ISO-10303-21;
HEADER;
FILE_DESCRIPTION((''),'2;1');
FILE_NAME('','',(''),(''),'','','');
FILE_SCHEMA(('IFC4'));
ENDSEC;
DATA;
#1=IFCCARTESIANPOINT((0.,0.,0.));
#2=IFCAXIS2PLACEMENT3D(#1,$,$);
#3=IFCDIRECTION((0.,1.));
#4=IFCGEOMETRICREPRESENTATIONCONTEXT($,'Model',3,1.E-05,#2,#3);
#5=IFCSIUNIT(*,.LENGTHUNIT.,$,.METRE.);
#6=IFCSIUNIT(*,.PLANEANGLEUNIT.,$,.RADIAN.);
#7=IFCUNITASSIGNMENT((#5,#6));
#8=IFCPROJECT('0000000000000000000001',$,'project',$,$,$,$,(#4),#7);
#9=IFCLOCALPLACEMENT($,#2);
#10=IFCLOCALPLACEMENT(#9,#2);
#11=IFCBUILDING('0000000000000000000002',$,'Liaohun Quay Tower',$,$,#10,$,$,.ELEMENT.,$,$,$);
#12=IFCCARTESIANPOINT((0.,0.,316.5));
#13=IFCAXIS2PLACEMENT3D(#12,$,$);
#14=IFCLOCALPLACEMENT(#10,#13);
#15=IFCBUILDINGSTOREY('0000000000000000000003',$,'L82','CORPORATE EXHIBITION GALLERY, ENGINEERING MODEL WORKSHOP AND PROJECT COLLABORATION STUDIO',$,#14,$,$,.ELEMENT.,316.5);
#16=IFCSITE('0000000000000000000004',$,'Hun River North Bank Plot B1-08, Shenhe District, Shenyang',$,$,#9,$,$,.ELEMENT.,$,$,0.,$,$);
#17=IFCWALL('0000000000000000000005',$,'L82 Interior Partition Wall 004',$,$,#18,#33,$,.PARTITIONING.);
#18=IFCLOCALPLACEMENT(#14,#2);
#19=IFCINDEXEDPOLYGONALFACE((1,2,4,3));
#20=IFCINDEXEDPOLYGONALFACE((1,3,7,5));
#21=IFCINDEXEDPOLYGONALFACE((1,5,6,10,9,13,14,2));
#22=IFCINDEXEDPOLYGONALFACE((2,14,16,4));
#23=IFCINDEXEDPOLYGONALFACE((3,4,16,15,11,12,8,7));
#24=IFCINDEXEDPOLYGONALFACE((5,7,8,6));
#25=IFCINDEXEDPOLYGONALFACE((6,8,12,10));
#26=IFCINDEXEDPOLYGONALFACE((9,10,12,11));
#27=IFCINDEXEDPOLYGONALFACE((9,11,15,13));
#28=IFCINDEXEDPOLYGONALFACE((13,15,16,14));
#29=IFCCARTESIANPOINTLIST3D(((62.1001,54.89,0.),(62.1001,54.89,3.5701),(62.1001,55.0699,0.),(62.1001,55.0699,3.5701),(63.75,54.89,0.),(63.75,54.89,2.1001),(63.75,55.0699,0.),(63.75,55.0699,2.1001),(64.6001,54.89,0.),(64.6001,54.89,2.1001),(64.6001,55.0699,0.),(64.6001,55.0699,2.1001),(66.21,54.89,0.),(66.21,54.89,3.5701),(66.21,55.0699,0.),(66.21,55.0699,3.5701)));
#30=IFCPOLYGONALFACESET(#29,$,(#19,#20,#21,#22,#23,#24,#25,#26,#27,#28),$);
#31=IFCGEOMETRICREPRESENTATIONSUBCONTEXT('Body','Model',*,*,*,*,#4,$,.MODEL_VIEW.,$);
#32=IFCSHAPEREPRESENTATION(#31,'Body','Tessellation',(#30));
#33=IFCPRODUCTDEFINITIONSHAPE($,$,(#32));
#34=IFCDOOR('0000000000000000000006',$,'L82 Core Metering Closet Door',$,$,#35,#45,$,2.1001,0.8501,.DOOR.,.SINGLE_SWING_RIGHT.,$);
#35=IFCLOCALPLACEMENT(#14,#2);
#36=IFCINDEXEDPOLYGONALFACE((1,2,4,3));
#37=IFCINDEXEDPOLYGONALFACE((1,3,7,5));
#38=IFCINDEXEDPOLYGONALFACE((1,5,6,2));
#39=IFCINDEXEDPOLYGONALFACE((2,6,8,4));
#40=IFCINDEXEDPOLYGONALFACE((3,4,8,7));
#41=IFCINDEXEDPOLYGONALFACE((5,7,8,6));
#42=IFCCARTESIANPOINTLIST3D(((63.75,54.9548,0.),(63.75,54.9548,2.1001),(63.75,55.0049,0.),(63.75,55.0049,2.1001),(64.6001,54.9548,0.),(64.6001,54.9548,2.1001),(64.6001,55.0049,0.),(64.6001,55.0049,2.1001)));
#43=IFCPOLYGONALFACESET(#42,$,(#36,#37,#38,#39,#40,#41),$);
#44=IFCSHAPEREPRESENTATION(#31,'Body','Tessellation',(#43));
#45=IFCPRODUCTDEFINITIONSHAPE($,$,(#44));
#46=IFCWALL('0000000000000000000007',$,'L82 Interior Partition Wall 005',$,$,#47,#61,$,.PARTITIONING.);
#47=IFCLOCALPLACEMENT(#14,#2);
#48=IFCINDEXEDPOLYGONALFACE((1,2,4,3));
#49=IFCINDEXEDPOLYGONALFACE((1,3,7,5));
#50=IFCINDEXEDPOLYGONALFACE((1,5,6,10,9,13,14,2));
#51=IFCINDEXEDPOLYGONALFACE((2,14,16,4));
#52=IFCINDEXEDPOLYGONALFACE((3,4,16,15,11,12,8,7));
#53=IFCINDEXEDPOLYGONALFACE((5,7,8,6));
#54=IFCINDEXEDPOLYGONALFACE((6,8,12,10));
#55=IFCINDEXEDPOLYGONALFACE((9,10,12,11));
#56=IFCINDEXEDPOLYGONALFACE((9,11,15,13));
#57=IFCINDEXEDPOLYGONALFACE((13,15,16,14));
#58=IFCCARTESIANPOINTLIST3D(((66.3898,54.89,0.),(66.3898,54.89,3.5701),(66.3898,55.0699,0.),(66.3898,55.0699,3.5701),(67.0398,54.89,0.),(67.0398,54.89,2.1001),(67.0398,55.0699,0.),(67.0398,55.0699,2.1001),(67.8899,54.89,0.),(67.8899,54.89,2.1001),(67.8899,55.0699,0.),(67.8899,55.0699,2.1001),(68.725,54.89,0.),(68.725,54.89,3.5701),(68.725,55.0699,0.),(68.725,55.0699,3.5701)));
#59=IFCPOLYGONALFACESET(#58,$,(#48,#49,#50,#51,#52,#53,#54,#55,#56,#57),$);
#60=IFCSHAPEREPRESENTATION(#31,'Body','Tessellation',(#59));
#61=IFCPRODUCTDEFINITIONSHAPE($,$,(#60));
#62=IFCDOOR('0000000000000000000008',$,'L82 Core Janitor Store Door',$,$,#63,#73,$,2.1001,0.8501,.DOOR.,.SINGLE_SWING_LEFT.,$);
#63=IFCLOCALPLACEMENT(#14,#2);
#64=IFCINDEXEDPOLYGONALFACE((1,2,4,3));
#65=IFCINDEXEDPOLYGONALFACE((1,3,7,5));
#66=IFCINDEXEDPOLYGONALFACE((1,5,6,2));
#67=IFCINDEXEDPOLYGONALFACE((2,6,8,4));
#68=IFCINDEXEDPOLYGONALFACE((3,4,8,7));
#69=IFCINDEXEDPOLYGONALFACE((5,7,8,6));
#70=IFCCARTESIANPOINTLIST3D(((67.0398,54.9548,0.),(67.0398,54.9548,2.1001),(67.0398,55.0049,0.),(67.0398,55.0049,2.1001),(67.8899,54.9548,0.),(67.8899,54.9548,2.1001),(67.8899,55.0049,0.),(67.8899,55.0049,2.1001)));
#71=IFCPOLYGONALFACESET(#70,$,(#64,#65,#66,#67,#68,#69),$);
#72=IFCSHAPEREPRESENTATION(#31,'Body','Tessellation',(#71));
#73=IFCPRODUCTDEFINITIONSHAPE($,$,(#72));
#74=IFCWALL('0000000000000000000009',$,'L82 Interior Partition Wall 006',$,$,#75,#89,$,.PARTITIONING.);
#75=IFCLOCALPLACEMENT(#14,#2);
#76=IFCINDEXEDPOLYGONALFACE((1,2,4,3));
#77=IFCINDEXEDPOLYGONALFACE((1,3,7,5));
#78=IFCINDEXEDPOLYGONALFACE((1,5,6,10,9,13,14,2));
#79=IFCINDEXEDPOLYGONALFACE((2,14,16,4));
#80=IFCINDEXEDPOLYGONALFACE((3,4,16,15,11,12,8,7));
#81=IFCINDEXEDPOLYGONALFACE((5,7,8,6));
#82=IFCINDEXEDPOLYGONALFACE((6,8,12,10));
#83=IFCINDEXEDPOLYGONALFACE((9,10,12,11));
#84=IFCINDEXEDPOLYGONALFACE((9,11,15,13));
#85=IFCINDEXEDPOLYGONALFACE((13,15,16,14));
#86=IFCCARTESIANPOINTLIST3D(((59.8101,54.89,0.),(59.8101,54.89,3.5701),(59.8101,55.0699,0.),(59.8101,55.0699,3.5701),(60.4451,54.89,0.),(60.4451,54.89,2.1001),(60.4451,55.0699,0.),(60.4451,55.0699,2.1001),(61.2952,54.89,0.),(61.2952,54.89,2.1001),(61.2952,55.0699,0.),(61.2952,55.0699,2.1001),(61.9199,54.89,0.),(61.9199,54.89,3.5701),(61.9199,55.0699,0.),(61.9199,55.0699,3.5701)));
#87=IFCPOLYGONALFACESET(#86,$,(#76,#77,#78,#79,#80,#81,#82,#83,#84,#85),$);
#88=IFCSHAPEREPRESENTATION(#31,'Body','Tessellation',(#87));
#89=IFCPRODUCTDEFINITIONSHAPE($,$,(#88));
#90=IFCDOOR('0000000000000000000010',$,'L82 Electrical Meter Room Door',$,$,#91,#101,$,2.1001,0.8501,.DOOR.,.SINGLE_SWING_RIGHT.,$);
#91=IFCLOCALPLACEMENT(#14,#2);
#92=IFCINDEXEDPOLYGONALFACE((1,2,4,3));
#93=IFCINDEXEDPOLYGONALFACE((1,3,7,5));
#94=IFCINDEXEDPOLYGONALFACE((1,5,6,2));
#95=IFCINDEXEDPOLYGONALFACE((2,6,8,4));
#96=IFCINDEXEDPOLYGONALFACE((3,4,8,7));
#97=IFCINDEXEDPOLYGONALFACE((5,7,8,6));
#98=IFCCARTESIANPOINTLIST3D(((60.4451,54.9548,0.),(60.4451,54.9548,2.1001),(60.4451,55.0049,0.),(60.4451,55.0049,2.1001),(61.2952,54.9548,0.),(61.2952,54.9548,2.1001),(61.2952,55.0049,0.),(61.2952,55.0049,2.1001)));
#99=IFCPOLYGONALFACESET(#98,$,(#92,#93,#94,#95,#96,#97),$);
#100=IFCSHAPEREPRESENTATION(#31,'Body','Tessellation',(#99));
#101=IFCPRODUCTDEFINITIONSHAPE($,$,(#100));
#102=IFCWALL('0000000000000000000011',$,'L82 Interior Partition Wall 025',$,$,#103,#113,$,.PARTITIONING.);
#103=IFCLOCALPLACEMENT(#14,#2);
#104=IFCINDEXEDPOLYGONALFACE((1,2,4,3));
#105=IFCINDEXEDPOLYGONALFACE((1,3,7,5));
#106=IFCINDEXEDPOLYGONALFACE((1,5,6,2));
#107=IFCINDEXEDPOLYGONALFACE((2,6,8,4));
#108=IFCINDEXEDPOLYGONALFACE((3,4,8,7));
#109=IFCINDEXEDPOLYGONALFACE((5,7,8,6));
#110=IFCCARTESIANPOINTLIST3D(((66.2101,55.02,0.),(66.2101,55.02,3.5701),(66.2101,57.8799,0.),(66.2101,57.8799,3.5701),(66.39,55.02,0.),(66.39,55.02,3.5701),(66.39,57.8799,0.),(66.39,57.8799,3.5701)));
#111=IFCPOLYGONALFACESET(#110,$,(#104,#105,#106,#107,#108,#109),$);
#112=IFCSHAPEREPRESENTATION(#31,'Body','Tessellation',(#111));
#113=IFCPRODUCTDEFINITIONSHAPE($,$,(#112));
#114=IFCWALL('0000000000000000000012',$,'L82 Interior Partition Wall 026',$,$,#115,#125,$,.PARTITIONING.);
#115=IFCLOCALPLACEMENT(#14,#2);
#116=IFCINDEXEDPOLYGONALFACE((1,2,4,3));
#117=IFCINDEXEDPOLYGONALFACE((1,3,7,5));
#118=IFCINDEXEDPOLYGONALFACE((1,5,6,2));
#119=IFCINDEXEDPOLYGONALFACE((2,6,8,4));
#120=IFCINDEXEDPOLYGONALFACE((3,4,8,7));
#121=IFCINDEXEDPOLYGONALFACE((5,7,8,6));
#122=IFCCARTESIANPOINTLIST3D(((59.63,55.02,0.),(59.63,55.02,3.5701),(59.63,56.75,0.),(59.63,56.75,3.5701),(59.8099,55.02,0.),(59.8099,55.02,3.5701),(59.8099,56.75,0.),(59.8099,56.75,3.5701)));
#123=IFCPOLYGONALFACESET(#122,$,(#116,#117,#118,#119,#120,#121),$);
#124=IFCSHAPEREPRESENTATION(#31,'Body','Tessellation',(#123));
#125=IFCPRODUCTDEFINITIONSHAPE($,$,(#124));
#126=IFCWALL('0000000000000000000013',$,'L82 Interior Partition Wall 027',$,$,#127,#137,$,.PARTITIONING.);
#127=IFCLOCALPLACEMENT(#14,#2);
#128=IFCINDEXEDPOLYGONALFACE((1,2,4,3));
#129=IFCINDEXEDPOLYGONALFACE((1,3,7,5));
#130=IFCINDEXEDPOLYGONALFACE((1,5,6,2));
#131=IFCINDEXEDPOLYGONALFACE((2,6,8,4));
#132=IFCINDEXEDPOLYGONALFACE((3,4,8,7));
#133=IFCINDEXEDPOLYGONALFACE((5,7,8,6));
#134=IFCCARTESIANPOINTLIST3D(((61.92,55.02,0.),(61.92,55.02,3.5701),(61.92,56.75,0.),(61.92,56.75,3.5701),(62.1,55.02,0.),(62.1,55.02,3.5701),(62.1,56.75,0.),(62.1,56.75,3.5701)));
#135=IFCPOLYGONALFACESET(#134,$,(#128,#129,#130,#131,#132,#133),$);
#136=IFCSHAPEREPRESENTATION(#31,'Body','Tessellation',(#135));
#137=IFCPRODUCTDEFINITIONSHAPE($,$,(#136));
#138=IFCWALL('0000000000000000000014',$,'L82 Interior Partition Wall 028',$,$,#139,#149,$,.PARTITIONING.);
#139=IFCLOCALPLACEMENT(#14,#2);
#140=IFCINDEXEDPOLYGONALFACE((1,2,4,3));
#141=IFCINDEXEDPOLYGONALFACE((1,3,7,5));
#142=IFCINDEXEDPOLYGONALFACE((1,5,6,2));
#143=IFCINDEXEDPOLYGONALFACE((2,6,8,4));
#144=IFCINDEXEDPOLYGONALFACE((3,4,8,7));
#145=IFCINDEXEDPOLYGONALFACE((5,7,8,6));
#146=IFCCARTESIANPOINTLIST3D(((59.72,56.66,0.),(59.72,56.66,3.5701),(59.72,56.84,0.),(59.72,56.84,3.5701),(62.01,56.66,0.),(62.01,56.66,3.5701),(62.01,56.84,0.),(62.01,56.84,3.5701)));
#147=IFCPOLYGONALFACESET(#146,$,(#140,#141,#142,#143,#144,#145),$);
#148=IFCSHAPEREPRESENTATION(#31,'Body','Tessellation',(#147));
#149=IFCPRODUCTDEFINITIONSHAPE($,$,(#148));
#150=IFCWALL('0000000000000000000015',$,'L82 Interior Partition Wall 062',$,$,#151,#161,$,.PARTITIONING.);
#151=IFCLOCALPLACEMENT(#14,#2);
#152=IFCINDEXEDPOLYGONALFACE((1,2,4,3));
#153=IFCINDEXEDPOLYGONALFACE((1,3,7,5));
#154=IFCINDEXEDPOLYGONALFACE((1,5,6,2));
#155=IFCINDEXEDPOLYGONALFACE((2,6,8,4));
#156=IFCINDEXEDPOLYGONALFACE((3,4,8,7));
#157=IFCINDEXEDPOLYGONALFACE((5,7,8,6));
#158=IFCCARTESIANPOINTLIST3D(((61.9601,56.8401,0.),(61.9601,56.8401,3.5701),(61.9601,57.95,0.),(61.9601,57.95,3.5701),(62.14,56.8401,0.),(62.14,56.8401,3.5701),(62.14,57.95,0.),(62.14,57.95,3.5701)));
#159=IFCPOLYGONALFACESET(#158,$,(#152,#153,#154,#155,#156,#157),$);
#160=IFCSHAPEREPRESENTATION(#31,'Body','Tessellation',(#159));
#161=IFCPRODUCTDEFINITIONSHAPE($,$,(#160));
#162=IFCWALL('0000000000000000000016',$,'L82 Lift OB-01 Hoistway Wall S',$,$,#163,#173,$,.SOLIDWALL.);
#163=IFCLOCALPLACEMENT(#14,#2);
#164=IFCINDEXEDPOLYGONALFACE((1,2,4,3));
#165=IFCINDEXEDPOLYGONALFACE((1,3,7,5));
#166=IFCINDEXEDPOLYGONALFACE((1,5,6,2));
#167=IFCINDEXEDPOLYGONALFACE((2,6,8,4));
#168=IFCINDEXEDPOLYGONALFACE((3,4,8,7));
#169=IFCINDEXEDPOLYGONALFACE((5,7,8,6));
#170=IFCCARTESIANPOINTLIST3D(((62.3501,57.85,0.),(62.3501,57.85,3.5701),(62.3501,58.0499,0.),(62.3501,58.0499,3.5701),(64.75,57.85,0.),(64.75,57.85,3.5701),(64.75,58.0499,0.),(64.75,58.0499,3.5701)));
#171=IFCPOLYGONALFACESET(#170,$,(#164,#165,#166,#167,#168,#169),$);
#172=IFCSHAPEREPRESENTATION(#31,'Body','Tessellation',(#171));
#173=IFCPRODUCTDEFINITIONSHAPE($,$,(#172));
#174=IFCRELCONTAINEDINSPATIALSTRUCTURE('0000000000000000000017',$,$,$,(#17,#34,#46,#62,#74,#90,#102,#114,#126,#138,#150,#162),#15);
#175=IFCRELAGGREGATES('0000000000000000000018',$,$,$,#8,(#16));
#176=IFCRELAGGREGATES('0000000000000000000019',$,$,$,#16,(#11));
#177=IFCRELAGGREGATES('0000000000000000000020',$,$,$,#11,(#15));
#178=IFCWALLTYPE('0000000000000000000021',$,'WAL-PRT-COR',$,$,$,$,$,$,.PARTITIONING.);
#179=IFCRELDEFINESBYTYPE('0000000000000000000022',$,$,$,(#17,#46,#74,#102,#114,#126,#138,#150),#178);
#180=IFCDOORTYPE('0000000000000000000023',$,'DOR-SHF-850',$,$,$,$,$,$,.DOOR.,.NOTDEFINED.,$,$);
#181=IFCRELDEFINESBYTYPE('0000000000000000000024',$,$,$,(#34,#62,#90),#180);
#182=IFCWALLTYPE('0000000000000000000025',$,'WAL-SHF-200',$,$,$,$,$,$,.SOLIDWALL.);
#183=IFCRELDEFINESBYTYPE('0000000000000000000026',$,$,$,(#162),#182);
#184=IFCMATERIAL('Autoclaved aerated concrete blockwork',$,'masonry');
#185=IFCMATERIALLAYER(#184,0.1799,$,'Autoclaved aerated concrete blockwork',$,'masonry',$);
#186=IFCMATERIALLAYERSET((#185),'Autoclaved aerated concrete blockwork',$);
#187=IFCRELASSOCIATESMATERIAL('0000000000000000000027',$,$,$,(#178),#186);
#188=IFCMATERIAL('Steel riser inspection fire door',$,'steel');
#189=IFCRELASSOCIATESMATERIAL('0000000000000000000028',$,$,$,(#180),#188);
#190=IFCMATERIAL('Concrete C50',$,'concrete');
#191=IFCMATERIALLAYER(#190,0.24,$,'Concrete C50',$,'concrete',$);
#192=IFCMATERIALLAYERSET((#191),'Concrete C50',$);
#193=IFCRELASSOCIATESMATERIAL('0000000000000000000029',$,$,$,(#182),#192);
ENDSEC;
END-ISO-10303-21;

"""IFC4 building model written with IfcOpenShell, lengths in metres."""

from ifc_helpers import new_model, si_unit, direction, frame, frame_2d, origin, place, context, subcontext, project, spatial, rectangle, extrude, source, transform, mapped, material, layer, layer_set, type_object, element, fill, save


model = new_model("IFC4")

# Units and contexts
model_context = context("Model", 3, precision=1e-05, world=origin(), true_north=direction((0.0, 1.0)))
body_context = subcontext(model_context, "Body", "Model", "MODEL_VIEW")
ifc_project = project(units=[si_unit("LENGTHUNIT", "METRE"), si_unit("PLANEANGLEUNIT", "RADIAN")], contexts=[model_context])

# Site, building, storey
site_placement = place(None, origin())
site = spatial("IfcSite", under=ifc_project, at=site_placement, Name="Hun River North Bank Plot B1-08, Shenhe District, Shenyang", CompositionType="ELEMENT", RefElevation=0.0)
building_placement = place(site_placement, origin())
building = spatial("IfcBuilding", under=site, at=building_placement, Name="Liaohun Quay Tower", CompositionType="ELEMENT")
storey_placement = place(building_placement, frame((0.0, 0.0, 316.5)))
storey = spatial("IfcBuildingStorey", under=building, at=storey_placement, Name="L82", Description="CORPORATE EXHIBITION GALLERY, ENGINEERING MODEL WORKSHOP AND PROJECT COLLABORATION STUDIO", CompositionType="ELEMENT", Elevation=316.5)

# Walls, openings, doors
ifc_material_1 = material(Name="Autoclaved aerated concrete blockwork", Category="masonry")
ifc_layer_1 = layer(ifc_material_1, 0.1799, Name="Autoclaved aerated concrete blockwork", Category="masonry")
ifc_layer_set_1 = layer_set([ifc_layer_1], Name="Autoclaved aerated concrete blockwork")
wall_type_1 = type_object("IfcWallType", Name="WAL-PRT-COR", PredefinedType="PARTITIONING", material=ifc_layer_set_1)
wall_1_placement = place(storey_placement, frame((62.1001, 54.98, 0.0), z_axis=(0.0, 0.0, 1.0), x_axis=(1.0, 0.0, 0.0)))
wall_1 = element("IfcWall", 1, at=wall_1_placement, inside=storey, type_object=wall_type_1, Name="L82 Interior Partition Wall 004", PredefinedType="PARTITIONING", context=body_context, shape_type="SweptSolid", body=[
    extrude(rectangle(XDim=4.1099, YDim=0.1799, at=frame_2d((2.0549, 0.0))), origin(), (0.0, 0.0, 1.0), 3.5701),
])
shared_shape_1 = source(origin(), body_context, "Body", "SweptSolid", [
    extrude(rectangle(XDim=0.8501, YDim=2.1001, at=frame_2d((0.425, 1.05))), frame((0.0, 0.0999, 0.0), z_axis=(0.0, -1.0, 0.0), x_axis=(1.0, 0.0, 0.0)), (0.0, 0.0, 1.0), 0.2),
])
opening_1_placement = place(wall_1_placement, frame((1.6499, 0.0, 0.0)))
opening_1 = element("IfcOpeningElement", 2, at=opening_1_placement, cuts=wall_1, PredefinedType="OPENING", context=body_context, shape_type="MappedRepresentation", body=[
    mapped(shared_shape_1, transform((0.0, 0.0, 0.0), x_axis=(1.0, 0.0, 0.0), y_axis=(0.0, 1.0, 0.0), z_axis=(0.0, 0.0, 1.0), scale=1.0)),
])
ifc_material_2 = material(Name="Steel riser inspection fire door", Category="steel")
door_type = type_object("IfcDoorType", Name="DOR-SHF-850", OperationType="NOTDEFINED", PredefinedType="DOOR", material=ifc_material_2)
shared_shape_2 = source(origin(), body_context, "Body", "SweptSolid", [
    extrude(rectangle(XDim=0.8501, YDim=2.1001, at=frame_2d((0.425, 1.05))), frame((0.0, 0.0249, 0.0), z_axis=(0.0, -1.0, 0.0), x_axis=(1.0, 0.0, 0.0)), (0.0, 0.0, 1.0), 0.05),
])
door_1_placement = place(opening_1_placement, origin())
door_1 = element("IfcDoor", 3, at=door_1_placement, inside=storey, type_object=door_type, Name="L82 Core Metering Closet Door", OperationType="SINGLE_SWING_RIGHT", OverallHeight=2.1001, OverallWidth=0.8501, PredefinedType="DOOR", context=body_context, shape_type="MappedRepresentation", body=[
    mapped(shared_shape_2, transform((0.0, 0.0, 0.0), x_axis=(1.0, 0.0, 0.0), y_axis=(0.0, 1.0, 0.0), z_axis=(0.0, 0.0, 1.0), scale=1.0)),
])
fill(opening_1, door_1)
wall_2_placement = place(storey_placement, frame((66.3899, 54.98, 0.0), z_axis=(0.0, 0.0, 1.0), x_axis=(1.0, 0.0, 0.0)))
wall_2 = element("IfcWall", 4, at=wall_2_placement, inside=storey, type_object=wall_type_1, Name="L82 Interior Partition Wall 005", PredefinedType="PARTITIONING", context=body_context, shape_type="SweptSolid", body=[
    extrude(rectangle(XDim=2.3352, YDim=0.1799, at=frame_2d((1.1675, 0.0))), origin(), (0.0, 0.0, 1.0), 3.5701),
])
opening_2_placement = place(wall_2_placement, frame((0.6499, 0.0, 0.0)))
opening_2 = element("IfcOpeningElement", 5, at=opening_2_placement, cuts=wall_2, PredefinedType="OPENING", context=body_context, shape_type="MappedRepresentation", body=[
    mapped(shared_shape_1, transform((0.0, 0.0, 0.0), x_axis=(1.0, 0.0, 0.0), y_axis=(0.0, 1.0, 0.0), z_axis=(0.0, 0.0, 1.0), scale=1.0)),
])
door_2_placement = place(opening_2_placement, origin())
door_2 = element("IfcDoor", 6, at=door_2_placement, inside=storey, type_object=door_type, Name="L82 Core Janitor Store Door", OperationType="SINGLE_SWING_LEFT", OverallHeight=2.1001, OverallWidth=0.8501, PredefinedType="DOOR", context=body_context, shape_type="MappedRepresentation", body=[
    mapped(shared_shape_2, transform((0.0, 0.0, 0.0), x_axis=(1.0, 0.0, 0.0), y_axis=(0.0, 1.0, 0.0), z_axis=(0.0, 0.0, 1.0), scale=1.0)),
])
fill(opening_2, door_2)
wall_3_placement = place(storey_placement, frame((59.8101, 54.98, 0.0), z_axis=(0.0, 0.0, 1.0), x_axis=(1.0, 0.0, 0.0)))
wall_3 = element("IfcWall", 7, at=wall_3_placement, inside=storey, type_object=wall_type_1, Name="L82 Interior Partition Wall 006", PredefinedType="PARTITIONING", context=body_context, shape_type="SweptSolid", body=[
    extrude(rectangle(XDim=2.1099, YDim=0.1799, at=frame_2d((1.0549, 0.0))), origin(), (0.0, 0.0, 1.0), 3.5701),
])
opening_3_placement = place(wall_3_placement, frame((0.635, 0.0, 0.0)))
opening_3 = element("IfcOpeningElement", 8, at=opening_3_placement, cuts=wall_3, PredefinedType="OPENING", context=body_context, shape_type="MappedRepresentation", body=[
    mapped(shared_shape_1, transform((0.0, 0.0, 0.0), x_axis=(1.0, 0.0, 0.0), y_axis=(0.0, 1.0, 0.0), z_axis=(0.0, 0.0, 1.0), scale=1.0)),
])
door_3_placement = place(opening_3_placement, origin())
door_3 = element("IfcDoor", 9, at=door_3_placement, inside=storey, type_object=door_type, Name="L82 Electrical Meter Room Door", OperationType="SINGLE_SWING_RIGHT", OverallHeight=2.1001, OverallWidth=0.8501, PredefinedType="DOOR", context=body_context, shape_type="MappedRepresentation", body=[
    mapped(shared_shape_2, transform((0.0, 0.0, 0.0), x_axis=(1.0, 0.0, 0.0), y_axis=(0.0, 1.0, 0.0), z_axis=(0.0, 0.0, 1.0), scale=1.0)),
])
fill(opening_3, door_3)

# Walls
wall_4_placement = place(storey_placement, frame((66.3, 55.02, 0.0), z_axis=(0.0, 0.0, 1.0), x_axis=(0.0, 1.0, 0.0)))
element("IfcWall", 10, at=wall_4_placement, inside=storey, type_object=wall_type_1, Name="L82 Interior Partition Wall 025", PredefinedType="PARTITIONING", context=body_context, shape_type="SweptSolid", body=[
    extrude(rectangle(XDim=2.8599, YDim=0.1799, at=frame_2d((1.4299, 0.0))), origin(), (0.0, 0.0, 1.0), 3.5701),
])
for number, where, z_axis, x_axis, name in (
    (11, (59.72, 55.02, 0.0), (0.0, 0.0, 1.0), (0.0, 1.0, 0.0), "L82 Interior Partition Wall 026"),
    (12, (62.01, 55.02, 0.0), (0.0, 0.0, 1.0), (0.0, 1.0, 0.0), "L82 Interior Partition Wall 027"),
):
    element("IfcWall", number, at=place(storey_placement, frame(where, z_axis=z_axis, x_axis=x_axis)), inside=storey, type_object=wall_type_1, Name=name, PredefinedType="PARTITIONING", context=body_context, shape_type="SweptSolid", body=[
        extrude(rectangle(XDim=1.73, YDim=0.1799, at=frame_2d((0.865, 0.0))), origin(), (0.0, 0.0, 1.0), 3.5701),
    ])
wall_5_placement = place(storey_placement, frame((59.72, 56.75, 0.0), z_axis=(0.0, 0.0, 1.0), x_axis=(1.0, 0.0, 0.0)))
element("IfcWall", 13, at=wall_5_placement, inside=storey, type_object=wall_type_1, Name="L82 Interior Partition Wall 028", PredefinedType="PARTITIONING", context=body_context, shape_type="SweptSolid", body=[
    extrude(rectangle(XDim=2.29, YDim=0.1799, at=frame_2d((1.145, 0.0))), origin(), (0.0, 0.0, 1.0), 3.5701),
])
wall_6_placement = place(storey_placement, frame((62.05, 56.8401, 0.0), z_axis=(0.0, 0.0, 1.0), x_axis=(0.0, 1.0, 0.0)))
element("IfcWall", 14, at=wall_6_placement, inside=storey, type_object=wall_type_1, Name="L82 Interior Partition Wall 062", PredefinedType="PARTITIONING", context=body_context, shape_type="SweptSolid", body=[
    extrude(rectangle(XDim=1.1099, YDim=0.1799, at=frame_2d((0.5549, 0.0))), origin(), (0.0, 0.0, 1.0), 3.5701),
])
ifc_material_3 = material(Name="Concrete C50", Category="concrete")
ifc_layer_2 = layer(ifc_material_3, 0.24, Name="Concrete C50", Category="concrete")
ifc_layer_set_2 = layer_set([ifc_layer_2], Name="Concrete C50")
wall_type_2 = type_object("IfcWallType", Name="WAL-SHF-200", PredefinedType="SOLIDWALL", material=ifc_layer_set_2)
wall_7_placement = place(storey_placement, frame((62.3501, 57.95, 0.0), z_axis=(0.0, 0.0, 1.0), x_axis=(1.0, 0.0, 0.0)))
element("IfcWall", 15, at=wall_7_placement, inside=storey, type_object=wall_type_2, Name="L82 Lift OB-01 Hoistway Wall S", PredefinedType="SOLIDWALL", context=body_context, shape_type="SweptSolid", body=[
    extrude(rectangle(XDim=2.3999, YDim=0.2, at=frame_2d((1.2, 0.0))), origin(), (0.0, 0.0, 1.0), 3.5701),
])

save(model, "model.ifc")
